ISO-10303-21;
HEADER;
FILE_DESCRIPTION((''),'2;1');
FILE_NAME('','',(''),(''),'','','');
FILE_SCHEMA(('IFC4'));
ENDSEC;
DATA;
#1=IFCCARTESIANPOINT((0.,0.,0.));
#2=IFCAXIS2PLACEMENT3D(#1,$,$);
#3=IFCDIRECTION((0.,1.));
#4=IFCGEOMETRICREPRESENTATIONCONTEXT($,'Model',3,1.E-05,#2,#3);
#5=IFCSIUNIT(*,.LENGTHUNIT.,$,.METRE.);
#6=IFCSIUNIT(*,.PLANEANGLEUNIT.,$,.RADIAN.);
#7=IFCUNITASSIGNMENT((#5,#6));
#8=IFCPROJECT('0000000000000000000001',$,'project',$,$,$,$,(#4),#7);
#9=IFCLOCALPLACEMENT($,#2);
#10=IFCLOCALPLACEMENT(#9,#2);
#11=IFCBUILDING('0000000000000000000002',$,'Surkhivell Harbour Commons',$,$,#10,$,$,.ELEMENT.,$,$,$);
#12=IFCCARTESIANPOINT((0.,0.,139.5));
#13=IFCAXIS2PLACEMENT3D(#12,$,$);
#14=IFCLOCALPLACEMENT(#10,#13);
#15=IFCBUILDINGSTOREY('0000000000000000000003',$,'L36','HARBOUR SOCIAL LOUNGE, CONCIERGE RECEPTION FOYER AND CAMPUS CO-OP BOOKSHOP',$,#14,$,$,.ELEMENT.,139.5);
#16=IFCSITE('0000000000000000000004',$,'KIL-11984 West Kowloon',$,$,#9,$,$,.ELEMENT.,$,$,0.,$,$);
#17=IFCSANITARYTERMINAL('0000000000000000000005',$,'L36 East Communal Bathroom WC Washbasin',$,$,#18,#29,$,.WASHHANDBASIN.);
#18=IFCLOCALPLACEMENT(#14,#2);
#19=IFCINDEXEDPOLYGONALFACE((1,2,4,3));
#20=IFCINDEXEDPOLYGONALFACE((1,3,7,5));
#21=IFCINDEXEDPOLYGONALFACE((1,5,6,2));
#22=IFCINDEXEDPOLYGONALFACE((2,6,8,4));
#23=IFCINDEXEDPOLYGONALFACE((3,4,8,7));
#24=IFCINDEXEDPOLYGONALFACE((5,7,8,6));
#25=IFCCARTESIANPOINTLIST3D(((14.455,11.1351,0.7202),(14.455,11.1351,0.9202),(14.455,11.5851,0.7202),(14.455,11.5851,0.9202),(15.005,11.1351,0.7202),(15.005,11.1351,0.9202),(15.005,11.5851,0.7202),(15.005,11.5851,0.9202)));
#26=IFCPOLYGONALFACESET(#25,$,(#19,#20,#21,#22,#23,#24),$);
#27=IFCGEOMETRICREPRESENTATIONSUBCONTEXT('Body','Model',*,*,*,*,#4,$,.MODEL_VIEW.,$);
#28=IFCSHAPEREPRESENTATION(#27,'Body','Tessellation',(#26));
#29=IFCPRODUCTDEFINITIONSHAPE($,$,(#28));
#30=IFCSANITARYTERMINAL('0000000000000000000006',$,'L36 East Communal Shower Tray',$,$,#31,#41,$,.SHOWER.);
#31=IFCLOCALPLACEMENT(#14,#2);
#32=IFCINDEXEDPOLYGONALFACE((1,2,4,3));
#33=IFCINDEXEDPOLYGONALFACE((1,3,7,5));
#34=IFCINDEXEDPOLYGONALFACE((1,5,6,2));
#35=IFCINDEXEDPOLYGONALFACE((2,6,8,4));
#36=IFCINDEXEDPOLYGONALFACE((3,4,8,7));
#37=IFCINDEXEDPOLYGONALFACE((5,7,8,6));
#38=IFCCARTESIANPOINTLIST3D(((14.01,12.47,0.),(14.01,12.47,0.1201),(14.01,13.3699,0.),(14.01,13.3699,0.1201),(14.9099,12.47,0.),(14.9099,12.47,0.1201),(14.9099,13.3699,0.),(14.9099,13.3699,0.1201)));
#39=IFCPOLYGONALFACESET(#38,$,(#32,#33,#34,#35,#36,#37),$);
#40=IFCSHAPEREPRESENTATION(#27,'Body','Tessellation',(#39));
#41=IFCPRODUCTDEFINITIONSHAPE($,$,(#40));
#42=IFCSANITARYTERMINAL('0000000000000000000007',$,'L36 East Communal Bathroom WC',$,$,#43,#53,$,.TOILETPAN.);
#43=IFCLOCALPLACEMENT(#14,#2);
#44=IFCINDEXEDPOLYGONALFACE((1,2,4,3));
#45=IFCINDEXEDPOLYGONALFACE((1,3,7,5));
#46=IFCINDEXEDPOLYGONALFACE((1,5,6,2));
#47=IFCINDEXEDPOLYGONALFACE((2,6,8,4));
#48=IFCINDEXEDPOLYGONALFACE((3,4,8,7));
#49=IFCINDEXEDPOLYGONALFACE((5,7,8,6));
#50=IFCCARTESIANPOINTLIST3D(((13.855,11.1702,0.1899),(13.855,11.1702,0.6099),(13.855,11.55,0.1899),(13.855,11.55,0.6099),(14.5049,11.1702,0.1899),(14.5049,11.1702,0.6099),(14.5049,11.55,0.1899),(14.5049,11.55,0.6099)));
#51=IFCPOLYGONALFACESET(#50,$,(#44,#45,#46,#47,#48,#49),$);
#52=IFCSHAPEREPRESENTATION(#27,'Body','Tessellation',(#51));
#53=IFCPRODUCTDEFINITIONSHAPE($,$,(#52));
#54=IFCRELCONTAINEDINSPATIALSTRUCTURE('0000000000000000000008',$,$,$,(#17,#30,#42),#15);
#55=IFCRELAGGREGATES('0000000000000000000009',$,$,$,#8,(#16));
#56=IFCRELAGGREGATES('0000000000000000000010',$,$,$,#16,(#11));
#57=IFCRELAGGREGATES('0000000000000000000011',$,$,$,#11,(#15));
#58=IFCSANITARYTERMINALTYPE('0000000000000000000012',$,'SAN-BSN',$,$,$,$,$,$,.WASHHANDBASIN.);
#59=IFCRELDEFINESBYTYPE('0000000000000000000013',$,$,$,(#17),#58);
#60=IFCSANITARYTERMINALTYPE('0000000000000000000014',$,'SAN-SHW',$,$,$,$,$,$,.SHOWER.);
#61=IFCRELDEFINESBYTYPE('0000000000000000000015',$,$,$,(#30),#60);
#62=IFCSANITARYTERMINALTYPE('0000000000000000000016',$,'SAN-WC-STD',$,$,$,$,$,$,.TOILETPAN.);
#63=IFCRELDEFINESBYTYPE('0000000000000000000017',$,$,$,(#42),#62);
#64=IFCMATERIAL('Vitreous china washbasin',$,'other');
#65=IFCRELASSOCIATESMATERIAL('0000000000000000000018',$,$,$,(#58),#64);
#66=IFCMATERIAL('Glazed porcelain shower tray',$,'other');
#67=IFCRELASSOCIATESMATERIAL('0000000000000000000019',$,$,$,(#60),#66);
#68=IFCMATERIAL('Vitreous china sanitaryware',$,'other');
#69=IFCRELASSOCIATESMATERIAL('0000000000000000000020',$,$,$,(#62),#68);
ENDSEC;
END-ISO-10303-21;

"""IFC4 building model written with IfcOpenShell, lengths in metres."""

from ifc_helpers import new_model, si_unit, direction, frame, origin, origin_2d, place, context, subcontext, project, spatial, rectangle, extrude, material, type_object, element, save


model = new_model("IFC4")

# Units and contexts
model_context = context("Model", 3, precision=1e-05, world=origin(), true_north=direction((0.0, 1.0)))
body_context = subcontext(model_context, "Body", "Model", "MODEL_VIEW")
ifc_project = project(units=[si_unit("LENGTHUNIT", "METRE"), si_unit("PLANEANGLEUNIT", "RADIAN")], contexts=[model_context])

# Site, building, storey
site_placement = place(None, origin())
site = spatial("IfcSite", under=ifc_project, at=site_placement, Name="KIL-11984 West Kowloon", CompositionType="ELEMENT", RefElevation=0.0)
building_placement = place(site_placement, origin())
building = spatial("IfcBuilding", under=site, at=building_placement, Name="Surkhivell Harbour Commons", CompositionType="ELEMENT")
storey_placement = place(building_placement, frame((0.0, 0.0, 139.5)))
storey = spatial("IfcBuildingStorey", under=building, at=storey_placement, Name="L36", Description="HARBOUR SOCIAL LOUNGE, CONCIERGE RECEPTION FOYER AND CAMPUS CO-OP BOOKSHOP", CompositionType="ELEMENT", Elevation=139.5)

# Sanitary terminals
ifc_material_1 = material(Name="Vitreous china washbasin", Category="other")
sanitary_terminal_type_1 = type_object("IfcSanitaryTerminalType", Name="SAN-BSN", PredefinedType="WASHHANDBASIN", material=ifc_material_1)
sanitary_terminal_1_placement = place(storey_placement, frame((14.73, 11.3601, 0.7202), z_axis=(0.0, 0.0, 1.0), x_axis=(1.0, 0.0, 0.0)))
element("IfcSanitaryTerminal", 1, at=sanitary_terminal_1_placement, inside=storey, type_object=sanitary_terminal_type_1, Name="L36 East Communal Bathroom WC Washbasin", PredefinedType="WASHHANDBASIN", context=body_context, shape_type="SweptSolid", body=[
    extrude(rectangle(XDim=0.55, YDim=0.45, at=origin_2d()), origin(), (0.0, 0.0, 1.0), 0.2),
])
ifc_material_2 = material(Name="Glazed porcelain shower tray", Category="other")
sanitary_terminal_type_2 = type_object("IfcSanitaryTerminalType", Name="SAN-SHW", PredefinedType="SHOWER", material=ifc_material_2)
sanitary_terminal_2_placement = place(storey_placement, frame((14.46, 12.9199, 0.0), z_axis=(0.0, 0.0, 1.0), x_axis=(1.0, 0.0, 0.0)))
element("IfcSanitaryTerminal", 2, at=sanitary_terminal_2_placement, inside=storey, type_object=sanitary_terminal_type_2, Name="L36 East Communal Shower Tray", PredefinedType="SHOWER", context=body_context, shape_type="SweptSolid", body=[
    extrude(rectangle(XDim=0.8999, YDim=0.8999, at=origin_2d()), origin(), (0.0, 0.0, 1.0), 0.1201),
])
ifc_material_3 = material(Name="Vitreous china sanitaryware", Category="other")
sanitary_terminal_type_3 = type_object("IfcSanitaryTerminalType", Name="SAN-WC-STD", PredefinedType="TOILETPAN", material=ifc_material_3)
sanitary_terminal_3_placement = place(storey_placement, frame((14.1799, 11.3601, 0.1899), z_axis=(0.0, 0.0, 1.0), x_axis=(1.0, 0.0, 0.0)))
element("IfcSanitaryTerminal", 3, at=sanitary_terminal_3_placement, inside=storey, type_object=sanitary_terminal_type_3, Name="L36 East Communal Bathroom WC", PredefinedType="TOILETPAN", context=body_context, shape_type="SweptSolid", body=[
    extrude(rectangle(XDim=0.6499, YDim=0.3799, at=origin_2d()), origin(), (0.0, 0.0, 1.0), 0.4199),
])

save(model, "model.ifc")
